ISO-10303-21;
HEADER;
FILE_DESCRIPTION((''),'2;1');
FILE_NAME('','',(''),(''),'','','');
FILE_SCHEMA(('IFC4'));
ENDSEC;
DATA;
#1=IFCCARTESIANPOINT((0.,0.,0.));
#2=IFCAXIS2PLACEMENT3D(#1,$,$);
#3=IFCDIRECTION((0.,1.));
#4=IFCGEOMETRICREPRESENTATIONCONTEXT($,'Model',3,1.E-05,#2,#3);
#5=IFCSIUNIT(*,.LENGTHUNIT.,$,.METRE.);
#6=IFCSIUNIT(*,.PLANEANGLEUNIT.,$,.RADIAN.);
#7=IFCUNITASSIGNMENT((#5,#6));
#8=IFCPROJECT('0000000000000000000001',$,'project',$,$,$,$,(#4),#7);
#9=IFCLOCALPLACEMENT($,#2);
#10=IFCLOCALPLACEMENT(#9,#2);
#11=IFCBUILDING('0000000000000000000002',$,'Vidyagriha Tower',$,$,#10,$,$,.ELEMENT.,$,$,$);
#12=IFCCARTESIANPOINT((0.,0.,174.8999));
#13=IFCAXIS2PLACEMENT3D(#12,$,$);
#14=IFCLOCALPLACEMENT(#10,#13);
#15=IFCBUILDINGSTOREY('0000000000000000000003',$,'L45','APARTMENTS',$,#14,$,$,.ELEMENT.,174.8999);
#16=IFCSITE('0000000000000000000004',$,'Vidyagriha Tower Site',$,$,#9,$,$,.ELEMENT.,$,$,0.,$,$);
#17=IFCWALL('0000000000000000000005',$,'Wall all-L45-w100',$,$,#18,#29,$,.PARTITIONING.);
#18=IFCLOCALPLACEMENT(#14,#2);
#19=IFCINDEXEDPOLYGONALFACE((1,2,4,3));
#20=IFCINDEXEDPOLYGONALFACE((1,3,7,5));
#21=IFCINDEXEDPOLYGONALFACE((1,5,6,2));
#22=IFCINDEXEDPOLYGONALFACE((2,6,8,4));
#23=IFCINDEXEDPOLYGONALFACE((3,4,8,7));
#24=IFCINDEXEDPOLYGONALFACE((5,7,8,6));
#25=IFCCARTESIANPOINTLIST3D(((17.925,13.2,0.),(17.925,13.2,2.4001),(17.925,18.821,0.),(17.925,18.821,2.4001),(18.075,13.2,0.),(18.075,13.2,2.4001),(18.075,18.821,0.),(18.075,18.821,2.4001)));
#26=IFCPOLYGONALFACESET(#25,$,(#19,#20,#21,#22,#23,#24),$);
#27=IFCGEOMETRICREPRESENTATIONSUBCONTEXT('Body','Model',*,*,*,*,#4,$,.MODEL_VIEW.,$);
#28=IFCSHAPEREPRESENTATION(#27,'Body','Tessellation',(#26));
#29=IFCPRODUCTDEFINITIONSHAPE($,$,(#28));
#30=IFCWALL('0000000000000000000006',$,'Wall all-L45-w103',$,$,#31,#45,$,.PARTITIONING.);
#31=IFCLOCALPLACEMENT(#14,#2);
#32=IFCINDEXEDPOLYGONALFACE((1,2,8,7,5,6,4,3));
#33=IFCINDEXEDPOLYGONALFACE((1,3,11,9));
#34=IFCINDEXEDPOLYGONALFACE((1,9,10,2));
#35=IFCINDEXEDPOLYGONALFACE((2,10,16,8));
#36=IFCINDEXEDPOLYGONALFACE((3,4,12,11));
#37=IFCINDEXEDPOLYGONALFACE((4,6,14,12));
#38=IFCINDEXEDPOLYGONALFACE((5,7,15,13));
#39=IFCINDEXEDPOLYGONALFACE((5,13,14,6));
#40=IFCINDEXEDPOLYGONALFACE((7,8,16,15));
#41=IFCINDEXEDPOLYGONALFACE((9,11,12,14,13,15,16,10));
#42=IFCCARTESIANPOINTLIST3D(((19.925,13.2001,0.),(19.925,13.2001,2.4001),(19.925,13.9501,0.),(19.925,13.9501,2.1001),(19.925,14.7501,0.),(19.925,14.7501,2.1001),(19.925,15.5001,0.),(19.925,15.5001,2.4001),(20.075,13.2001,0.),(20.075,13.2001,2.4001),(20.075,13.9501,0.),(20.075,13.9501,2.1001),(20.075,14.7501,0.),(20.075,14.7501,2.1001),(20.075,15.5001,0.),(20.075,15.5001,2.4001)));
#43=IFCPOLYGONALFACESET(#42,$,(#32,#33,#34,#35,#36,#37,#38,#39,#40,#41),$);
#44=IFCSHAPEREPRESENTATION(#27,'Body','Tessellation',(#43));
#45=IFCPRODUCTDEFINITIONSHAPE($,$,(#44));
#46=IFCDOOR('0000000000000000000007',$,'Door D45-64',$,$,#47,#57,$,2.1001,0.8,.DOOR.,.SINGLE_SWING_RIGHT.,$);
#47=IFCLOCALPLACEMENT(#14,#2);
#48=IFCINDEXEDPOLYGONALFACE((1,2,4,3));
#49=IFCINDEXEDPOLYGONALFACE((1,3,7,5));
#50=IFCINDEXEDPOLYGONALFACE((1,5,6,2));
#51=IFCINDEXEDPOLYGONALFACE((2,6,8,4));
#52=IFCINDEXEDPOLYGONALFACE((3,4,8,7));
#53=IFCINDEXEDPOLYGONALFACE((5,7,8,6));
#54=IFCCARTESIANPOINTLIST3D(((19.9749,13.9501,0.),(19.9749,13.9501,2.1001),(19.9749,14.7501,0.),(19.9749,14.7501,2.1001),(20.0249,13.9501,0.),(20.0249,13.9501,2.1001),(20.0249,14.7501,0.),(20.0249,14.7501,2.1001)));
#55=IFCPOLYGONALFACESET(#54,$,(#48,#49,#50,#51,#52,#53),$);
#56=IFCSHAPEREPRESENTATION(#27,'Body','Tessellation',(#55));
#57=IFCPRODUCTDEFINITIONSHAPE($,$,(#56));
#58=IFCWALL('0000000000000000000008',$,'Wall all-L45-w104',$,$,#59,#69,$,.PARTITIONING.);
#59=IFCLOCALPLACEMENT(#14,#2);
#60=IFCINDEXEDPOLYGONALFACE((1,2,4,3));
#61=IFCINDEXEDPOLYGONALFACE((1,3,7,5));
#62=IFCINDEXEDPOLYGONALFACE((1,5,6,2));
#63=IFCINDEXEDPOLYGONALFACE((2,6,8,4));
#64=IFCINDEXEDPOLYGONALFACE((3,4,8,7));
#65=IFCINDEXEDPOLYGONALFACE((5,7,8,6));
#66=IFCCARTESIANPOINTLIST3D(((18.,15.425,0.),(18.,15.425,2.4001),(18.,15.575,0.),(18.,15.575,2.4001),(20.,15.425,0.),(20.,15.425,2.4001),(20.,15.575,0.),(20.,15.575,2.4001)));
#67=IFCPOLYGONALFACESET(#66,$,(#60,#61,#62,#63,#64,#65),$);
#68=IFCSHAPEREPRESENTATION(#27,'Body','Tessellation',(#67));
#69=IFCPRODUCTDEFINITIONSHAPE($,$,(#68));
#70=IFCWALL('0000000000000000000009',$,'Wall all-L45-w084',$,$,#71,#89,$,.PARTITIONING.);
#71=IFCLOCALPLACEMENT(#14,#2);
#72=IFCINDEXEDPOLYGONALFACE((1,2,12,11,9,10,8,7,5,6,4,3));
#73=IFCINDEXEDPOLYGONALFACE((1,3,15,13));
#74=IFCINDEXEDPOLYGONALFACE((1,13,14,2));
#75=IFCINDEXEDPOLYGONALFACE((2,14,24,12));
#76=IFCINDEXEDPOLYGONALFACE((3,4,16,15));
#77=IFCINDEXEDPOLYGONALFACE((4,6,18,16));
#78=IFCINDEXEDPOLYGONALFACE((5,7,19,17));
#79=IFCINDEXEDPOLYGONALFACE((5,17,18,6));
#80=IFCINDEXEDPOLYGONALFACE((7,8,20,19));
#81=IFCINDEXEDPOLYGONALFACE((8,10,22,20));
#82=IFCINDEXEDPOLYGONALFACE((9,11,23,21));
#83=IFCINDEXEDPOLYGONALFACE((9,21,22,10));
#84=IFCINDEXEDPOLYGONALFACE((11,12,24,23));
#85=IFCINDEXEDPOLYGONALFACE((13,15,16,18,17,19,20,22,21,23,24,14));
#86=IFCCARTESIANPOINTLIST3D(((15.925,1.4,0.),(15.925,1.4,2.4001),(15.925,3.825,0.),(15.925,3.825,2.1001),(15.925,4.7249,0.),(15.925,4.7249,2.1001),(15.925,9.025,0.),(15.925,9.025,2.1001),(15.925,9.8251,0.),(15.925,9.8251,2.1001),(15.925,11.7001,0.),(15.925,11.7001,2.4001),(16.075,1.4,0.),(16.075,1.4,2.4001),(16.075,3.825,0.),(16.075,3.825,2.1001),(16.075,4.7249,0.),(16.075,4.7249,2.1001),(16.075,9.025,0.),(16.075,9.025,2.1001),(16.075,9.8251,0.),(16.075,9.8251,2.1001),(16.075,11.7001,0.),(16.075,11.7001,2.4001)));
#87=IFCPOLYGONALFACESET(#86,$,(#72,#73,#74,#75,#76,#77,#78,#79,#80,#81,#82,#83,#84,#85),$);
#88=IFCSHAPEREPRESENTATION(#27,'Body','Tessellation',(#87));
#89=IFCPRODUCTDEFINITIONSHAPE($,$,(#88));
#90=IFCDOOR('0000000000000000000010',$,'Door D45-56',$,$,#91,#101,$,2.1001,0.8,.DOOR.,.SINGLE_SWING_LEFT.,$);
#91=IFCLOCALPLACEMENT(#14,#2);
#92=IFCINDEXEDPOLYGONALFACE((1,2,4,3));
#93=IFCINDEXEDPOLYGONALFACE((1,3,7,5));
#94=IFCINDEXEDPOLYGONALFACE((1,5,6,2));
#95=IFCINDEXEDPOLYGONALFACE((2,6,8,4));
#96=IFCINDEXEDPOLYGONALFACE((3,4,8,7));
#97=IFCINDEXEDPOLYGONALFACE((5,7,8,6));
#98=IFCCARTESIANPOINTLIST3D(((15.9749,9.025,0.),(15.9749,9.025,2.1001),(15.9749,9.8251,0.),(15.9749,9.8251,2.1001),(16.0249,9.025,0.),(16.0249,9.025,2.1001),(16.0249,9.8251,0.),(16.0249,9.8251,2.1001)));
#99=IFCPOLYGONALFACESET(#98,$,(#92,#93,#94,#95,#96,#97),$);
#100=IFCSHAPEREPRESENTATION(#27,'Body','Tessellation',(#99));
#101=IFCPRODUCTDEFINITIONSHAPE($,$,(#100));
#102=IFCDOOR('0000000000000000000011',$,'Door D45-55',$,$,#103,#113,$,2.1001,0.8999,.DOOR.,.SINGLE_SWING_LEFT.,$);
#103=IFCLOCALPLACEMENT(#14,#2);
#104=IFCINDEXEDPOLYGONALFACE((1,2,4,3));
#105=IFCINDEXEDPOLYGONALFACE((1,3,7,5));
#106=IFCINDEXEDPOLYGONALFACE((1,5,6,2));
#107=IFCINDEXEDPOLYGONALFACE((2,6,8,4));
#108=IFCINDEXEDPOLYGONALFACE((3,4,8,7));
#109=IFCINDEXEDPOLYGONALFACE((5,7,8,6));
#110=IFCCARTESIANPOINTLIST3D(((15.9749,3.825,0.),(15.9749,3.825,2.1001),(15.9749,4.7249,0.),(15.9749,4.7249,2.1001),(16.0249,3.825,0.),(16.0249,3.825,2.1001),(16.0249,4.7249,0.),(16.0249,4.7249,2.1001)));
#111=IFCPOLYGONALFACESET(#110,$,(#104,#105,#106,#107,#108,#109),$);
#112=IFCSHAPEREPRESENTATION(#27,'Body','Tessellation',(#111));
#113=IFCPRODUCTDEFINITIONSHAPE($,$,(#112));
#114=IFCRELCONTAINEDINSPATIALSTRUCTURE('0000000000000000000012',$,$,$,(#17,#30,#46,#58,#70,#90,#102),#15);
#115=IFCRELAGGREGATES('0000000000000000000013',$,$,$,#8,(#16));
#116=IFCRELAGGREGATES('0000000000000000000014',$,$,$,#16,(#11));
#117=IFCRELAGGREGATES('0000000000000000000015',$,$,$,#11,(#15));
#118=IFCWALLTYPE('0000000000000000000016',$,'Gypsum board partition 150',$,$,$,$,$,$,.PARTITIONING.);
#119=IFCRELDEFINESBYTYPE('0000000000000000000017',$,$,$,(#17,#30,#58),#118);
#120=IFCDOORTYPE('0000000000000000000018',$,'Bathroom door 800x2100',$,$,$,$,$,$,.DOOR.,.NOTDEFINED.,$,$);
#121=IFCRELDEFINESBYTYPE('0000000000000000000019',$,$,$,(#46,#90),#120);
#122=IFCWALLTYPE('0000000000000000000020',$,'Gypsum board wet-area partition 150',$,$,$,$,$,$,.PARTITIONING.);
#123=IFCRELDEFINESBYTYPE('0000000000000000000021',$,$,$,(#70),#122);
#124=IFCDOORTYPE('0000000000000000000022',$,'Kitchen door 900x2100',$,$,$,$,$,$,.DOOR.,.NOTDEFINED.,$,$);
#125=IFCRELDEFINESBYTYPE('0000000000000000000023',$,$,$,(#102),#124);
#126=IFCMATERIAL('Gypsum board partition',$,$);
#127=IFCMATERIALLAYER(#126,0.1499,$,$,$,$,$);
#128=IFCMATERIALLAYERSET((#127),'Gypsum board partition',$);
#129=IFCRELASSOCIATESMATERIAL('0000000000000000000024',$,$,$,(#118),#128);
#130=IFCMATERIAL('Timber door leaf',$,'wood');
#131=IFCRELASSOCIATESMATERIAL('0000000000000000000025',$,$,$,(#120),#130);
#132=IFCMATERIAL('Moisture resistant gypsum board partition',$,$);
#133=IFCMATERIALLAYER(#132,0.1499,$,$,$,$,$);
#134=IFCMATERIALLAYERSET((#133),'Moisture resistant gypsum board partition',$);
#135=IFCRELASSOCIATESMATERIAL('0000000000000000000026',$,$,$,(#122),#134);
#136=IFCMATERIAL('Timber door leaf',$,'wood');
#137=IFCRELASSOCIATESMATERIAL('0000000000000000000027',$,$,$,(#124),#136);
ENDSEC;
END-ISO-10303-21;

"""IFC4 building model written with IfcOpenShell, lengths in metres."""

from ifc_helpers import new_model, si_unit, direction, frame, frame_2d, origin, place, context, subcontext, project, spatial, rectangle, extrude, material, layer, layer_set, type_object, element, fill, save


model = new_model("IFC4")

# Units and contexts
model_context = context("Model", 3, precision=1e-05, world=origin(), true_north=direction((0.0, 1.0)))
body_context = subcontext(model_context, "Body", "Model", "MODEL_VIEW")
ifc_project = project(units=[si_unit("LENGTHUNIT", "METRE"), si_unit("PLANEANGLEUNIT", "RADIAN")], contexts=[model_context])

# Site, building, storey
site_placement = place(None, origin())
site = spatial("IfcSite", under=ifc_project, at=site_placement, Name="Vidyagriha Tower Site", CompositionType="ELEMENT", RefElevation=0.0)
building_placement = place(site_placement, origin())
building = spatial("IfcBuilding", under=site, at=building_placement, Name="Vidyagriha Tower", CompositionType="ELEMENT")
storey_placement = place(building_placement, frame((0.0, 0.0, 174.8999)))
storey = spatial("IfcBuildingStorey", under=building, at=storey_placement, Name="L45", Description="APARTMENTS", CompositionType="ELEMENT", Elevation=174.8999)

# Shared definitions
ifc_material_1 = material(Name="Gypsum board partition")
ifc_layer_1 = layer(ifc_material_1, 0.1499)
ifc_layer_set_1 = layer_set([ifc_layer_1], Name="Gypsum board partition")
wall_type_1 = type_object("IfcWallType", Name="Gypsum board partition 150", PredefinedType="PARTITIONING", material=ifc_layer_set_1)

# Wall
wall_1_placement = place(storey_placement, frame((18.0, 18.821, 0.0), z_axis=(0.0, 0.0, 1.0), x_axis=(0.0, -1.0, 0.0)))
element("IfcWall", 1, at=wall_1_placement, inside=storey, type_object=wall_type_1, Name="Wall all-L45-w100", PredefinedType="PARTITIONING", context=body_context, shape_type="SweptSolid", body=[
    extrude(rectangle(XDim=5.6211, YDim=0.1499, at=frame_2d((2.8105, 0.0))), origin(), (0.0, 0.0, 1.0), 2.4001),
])

# Wall, opening, door
wall_2_placement = place(storey_placement, frame((20.0, 15.5, 0.0), z_axis=(0.0, 0.0, 1.0), x_axis=(0.0, -1.0, 0.0)))
wall_2 = element("IfcWall", 2, at=wall_2_placement, inside=storey, type_object=wall_type_1, Name="Wall all-L45-w103", PredefinedType="PARTITIONING", context=body_context, shape_type="SweptSolid", body=[
    extrude(rectangle(XDim=2.3, YDim=0.1499, at=frame_2d((1.1499, 0.0))), origin(), (0.0, 0.0, 1.0), 2.4001),
])
opening_1_placement = place(wall_2_placement, frame((0.75, 0.0, 0.0)))
opening_1 = element("IfcOpeningElement", 3, at=opening_1_placement, cuts=wall_2, PredefinedType="OPENING", context=body_context, shape_type="SweptSolid", body=[
    extrude(rectangle(XDim=0.8, YDim=2.1001, at=frame_2d((0.3999, 1.05))), frame((0.0, 0.085, 0.0), z_axis=(0.0, -1.0, 0.0), x_axis=(1.0, 0.0, 0.0)), (0.0, 0.0, 1.0), 0.1699),
])
ifc_material_2 = material(Name="Timber door leaf", Category="wood")
door_type_1 = type_object("IfcDoorType", Name="Bathroom door 800x2100", OperationType="NOTDEFINED", PredefinedType="DOOR", material=ifc_material_2)
door_1_placement = place(opening_1_placement, origin())
door_1 = element("IfcDoor", 4, at=door_1_placement, inside=storey, type_object=door_type_1, Name="Door D45-64", OperationType="SINGLE_SWING_RIGHT", OverallHeight=2.1001, OverallWidth=0.8, PredefinedType="DOOR", context=body_context, shape_type="SweptSolid", body=[
    extrude(rectangle(XDim=0.8, YDim=2.1001, at=frame_2d((0.3999, 1.05))), frame((0.0, 0.0249, 0.0), z_axis=(0.0, -1.0, 0.0), x_axis=(1.0, 0.0, 0.0)), (0.0, 0.0, 1.0), 0.05),
])
fill(opening_1, door_1)

# Wall
wall_3_placement = place(storey_placement, frame((18.0, 15.5, 0.0)))
element("IfcWall", 5, at=wall_3_placement, inside=storey, type_object=wall_type_1, Name="Wall all-L45-w104", PredefinedType="PARTITIONING", context=body_context, shape_type="SweptSolid", body=[
    extrude(rectangle(XDim=2.0, YDim=0.1499, at=frame_2d((1.0, 0.0))), origin(), (0.0, 0.0, 1.0), 2.4001),
])

# Wall, openings, doors
ifc_material_3 = material(Name="Moisture resistant gypsum board partition")
ifc_layer_2 = layer(ifc_material_3, 0.1499)
ifc_layer_set_2 = layer_set([ifc_layer_2], Name="Moisture resistant gypsum board partition")
wall_type_2 = type_object("IfcWallType", Name="Gypsum board wet-area partition 150", PredefinedType="PARTITIONING", material=ifc_layer_set_2)
wall_4_placement = place(storey_placement, frame((16.0, 11.7, 0.0), z_axis=(0.0, 0.0, 1.0), x_axis=(0.0, -1.0, 0.0)))
wall_4 = element("IfcWall", 6, at=wall_4_placement, inside=storey, type_object=wall_type_2, Name="Wall all-L45-w084", PredefinedType="PARTITIONING", context=body_context, shape_type="SweptSolid", body=[
    extrude(rectangle(XDim=10.3, YDim=0.1499, at=frame_2d((5.1499, 0.0))), origin(), (0.0, 0.0, 1.0), 2.4001),
])
opening_2_placement = place(wall_4_placement, frame((6.9751, 0.0, 0.0)))
opening_2 = element("IfcOpeningElement", 7, at=opening_2_placement, cuts=wall_4, PredefinedType="OPENING", context=body_context, shape_type="SweptSolid", body=[
    extrude(rectangle(XDim=0.8999, YDim=2.1001, at=frame_2d((0.45, 1.05))), frame((0.0, 0.085, 0.0), z_axis=(0.0, -1.0, 0.0), x_axis=(1.0, 0.0, 0.0)), (0.0, 0.0, 1.0), 0.1699),
])
opening_3_placement = place(wall_4_placement, frame((1.875, 0.0, 0.0)))
opening_3 = element("IfcOpeningElement", 8, at=opening_3_placement, cuts=wall_4, PredefinedType="OPENING", context=body_context, shape_type="SweptSolid", body=[
    extrude(rectangle(XDim=0.8, YDim=2.1001, at=frame_2d((0.3999, 1.05))), frame((0.0, 0.085, 0.0), z_axis=(0.0, -1.0, 0.0), x_axis=(1.0, 0.0, 0.0)), (0.0, 0.0, 1.0), 0.1699),
])
door_2_placement = place(opening_3_placement, origin())
door_2 = element("IfcDoor", 9, at=door_2_placement, inside=storey, type_object=door_type_1, Name="Door D45-56", OperationType="SINGLE_SWING_LEFT", OverallHeight=2.1001, OverallWidth=0.8, PredefinedType="DOOR", context=body_context, shape_type="SweptSolid", body=[
    extrude(rectangle(XDim=0.8, YDim=2.1001, at=frame_2d((0.3999, 1.05))), frame((0.0, 0.0249, 0.0), z_axis=(0.0, -1.0, 0.0), x_axis=(1.0, 0.0, 0.0)), (0.0, 0.0, 1.0), 0.05),
])
fill(opening_3, door_2)
ifc_material_4 = material(Name="Timber door leaf", Category="wood")
door_type_2 = type_object("IfcDoorType", Name="Kitchen door 900x2100", OperationType="NOTDEFINED", PredefinedType="DOOR", material=ifc_material_4)
door_3_placement = place(opening_2_placement, origin())
door_3 = element("IfcDoor", 10, at=door_3_placement, inside=storey, type_object=door_type_2, Name="Door D45-55", OperationType="SINGLE_SWING_LEFT", OverallHeight=2.1001, OverallWidth=0.8999, PredefinedType="DOOR", context=body_context, shape_type="SweptSolid", body=[
    extrude(rectangle(XDim=0.8999, YDim=2.1001, at=frame_2d((0.45, 1.05))), frame((0.0, 0.0249, 0.0), z_axis=(0.0, -1.0, 0.0), x_axis=(1.0, 0.0, 0.0)), (0.0, 0.0, 1.0), 0.05),
])
fill(opening_2, door_3)

save(model, "model.ifc")
